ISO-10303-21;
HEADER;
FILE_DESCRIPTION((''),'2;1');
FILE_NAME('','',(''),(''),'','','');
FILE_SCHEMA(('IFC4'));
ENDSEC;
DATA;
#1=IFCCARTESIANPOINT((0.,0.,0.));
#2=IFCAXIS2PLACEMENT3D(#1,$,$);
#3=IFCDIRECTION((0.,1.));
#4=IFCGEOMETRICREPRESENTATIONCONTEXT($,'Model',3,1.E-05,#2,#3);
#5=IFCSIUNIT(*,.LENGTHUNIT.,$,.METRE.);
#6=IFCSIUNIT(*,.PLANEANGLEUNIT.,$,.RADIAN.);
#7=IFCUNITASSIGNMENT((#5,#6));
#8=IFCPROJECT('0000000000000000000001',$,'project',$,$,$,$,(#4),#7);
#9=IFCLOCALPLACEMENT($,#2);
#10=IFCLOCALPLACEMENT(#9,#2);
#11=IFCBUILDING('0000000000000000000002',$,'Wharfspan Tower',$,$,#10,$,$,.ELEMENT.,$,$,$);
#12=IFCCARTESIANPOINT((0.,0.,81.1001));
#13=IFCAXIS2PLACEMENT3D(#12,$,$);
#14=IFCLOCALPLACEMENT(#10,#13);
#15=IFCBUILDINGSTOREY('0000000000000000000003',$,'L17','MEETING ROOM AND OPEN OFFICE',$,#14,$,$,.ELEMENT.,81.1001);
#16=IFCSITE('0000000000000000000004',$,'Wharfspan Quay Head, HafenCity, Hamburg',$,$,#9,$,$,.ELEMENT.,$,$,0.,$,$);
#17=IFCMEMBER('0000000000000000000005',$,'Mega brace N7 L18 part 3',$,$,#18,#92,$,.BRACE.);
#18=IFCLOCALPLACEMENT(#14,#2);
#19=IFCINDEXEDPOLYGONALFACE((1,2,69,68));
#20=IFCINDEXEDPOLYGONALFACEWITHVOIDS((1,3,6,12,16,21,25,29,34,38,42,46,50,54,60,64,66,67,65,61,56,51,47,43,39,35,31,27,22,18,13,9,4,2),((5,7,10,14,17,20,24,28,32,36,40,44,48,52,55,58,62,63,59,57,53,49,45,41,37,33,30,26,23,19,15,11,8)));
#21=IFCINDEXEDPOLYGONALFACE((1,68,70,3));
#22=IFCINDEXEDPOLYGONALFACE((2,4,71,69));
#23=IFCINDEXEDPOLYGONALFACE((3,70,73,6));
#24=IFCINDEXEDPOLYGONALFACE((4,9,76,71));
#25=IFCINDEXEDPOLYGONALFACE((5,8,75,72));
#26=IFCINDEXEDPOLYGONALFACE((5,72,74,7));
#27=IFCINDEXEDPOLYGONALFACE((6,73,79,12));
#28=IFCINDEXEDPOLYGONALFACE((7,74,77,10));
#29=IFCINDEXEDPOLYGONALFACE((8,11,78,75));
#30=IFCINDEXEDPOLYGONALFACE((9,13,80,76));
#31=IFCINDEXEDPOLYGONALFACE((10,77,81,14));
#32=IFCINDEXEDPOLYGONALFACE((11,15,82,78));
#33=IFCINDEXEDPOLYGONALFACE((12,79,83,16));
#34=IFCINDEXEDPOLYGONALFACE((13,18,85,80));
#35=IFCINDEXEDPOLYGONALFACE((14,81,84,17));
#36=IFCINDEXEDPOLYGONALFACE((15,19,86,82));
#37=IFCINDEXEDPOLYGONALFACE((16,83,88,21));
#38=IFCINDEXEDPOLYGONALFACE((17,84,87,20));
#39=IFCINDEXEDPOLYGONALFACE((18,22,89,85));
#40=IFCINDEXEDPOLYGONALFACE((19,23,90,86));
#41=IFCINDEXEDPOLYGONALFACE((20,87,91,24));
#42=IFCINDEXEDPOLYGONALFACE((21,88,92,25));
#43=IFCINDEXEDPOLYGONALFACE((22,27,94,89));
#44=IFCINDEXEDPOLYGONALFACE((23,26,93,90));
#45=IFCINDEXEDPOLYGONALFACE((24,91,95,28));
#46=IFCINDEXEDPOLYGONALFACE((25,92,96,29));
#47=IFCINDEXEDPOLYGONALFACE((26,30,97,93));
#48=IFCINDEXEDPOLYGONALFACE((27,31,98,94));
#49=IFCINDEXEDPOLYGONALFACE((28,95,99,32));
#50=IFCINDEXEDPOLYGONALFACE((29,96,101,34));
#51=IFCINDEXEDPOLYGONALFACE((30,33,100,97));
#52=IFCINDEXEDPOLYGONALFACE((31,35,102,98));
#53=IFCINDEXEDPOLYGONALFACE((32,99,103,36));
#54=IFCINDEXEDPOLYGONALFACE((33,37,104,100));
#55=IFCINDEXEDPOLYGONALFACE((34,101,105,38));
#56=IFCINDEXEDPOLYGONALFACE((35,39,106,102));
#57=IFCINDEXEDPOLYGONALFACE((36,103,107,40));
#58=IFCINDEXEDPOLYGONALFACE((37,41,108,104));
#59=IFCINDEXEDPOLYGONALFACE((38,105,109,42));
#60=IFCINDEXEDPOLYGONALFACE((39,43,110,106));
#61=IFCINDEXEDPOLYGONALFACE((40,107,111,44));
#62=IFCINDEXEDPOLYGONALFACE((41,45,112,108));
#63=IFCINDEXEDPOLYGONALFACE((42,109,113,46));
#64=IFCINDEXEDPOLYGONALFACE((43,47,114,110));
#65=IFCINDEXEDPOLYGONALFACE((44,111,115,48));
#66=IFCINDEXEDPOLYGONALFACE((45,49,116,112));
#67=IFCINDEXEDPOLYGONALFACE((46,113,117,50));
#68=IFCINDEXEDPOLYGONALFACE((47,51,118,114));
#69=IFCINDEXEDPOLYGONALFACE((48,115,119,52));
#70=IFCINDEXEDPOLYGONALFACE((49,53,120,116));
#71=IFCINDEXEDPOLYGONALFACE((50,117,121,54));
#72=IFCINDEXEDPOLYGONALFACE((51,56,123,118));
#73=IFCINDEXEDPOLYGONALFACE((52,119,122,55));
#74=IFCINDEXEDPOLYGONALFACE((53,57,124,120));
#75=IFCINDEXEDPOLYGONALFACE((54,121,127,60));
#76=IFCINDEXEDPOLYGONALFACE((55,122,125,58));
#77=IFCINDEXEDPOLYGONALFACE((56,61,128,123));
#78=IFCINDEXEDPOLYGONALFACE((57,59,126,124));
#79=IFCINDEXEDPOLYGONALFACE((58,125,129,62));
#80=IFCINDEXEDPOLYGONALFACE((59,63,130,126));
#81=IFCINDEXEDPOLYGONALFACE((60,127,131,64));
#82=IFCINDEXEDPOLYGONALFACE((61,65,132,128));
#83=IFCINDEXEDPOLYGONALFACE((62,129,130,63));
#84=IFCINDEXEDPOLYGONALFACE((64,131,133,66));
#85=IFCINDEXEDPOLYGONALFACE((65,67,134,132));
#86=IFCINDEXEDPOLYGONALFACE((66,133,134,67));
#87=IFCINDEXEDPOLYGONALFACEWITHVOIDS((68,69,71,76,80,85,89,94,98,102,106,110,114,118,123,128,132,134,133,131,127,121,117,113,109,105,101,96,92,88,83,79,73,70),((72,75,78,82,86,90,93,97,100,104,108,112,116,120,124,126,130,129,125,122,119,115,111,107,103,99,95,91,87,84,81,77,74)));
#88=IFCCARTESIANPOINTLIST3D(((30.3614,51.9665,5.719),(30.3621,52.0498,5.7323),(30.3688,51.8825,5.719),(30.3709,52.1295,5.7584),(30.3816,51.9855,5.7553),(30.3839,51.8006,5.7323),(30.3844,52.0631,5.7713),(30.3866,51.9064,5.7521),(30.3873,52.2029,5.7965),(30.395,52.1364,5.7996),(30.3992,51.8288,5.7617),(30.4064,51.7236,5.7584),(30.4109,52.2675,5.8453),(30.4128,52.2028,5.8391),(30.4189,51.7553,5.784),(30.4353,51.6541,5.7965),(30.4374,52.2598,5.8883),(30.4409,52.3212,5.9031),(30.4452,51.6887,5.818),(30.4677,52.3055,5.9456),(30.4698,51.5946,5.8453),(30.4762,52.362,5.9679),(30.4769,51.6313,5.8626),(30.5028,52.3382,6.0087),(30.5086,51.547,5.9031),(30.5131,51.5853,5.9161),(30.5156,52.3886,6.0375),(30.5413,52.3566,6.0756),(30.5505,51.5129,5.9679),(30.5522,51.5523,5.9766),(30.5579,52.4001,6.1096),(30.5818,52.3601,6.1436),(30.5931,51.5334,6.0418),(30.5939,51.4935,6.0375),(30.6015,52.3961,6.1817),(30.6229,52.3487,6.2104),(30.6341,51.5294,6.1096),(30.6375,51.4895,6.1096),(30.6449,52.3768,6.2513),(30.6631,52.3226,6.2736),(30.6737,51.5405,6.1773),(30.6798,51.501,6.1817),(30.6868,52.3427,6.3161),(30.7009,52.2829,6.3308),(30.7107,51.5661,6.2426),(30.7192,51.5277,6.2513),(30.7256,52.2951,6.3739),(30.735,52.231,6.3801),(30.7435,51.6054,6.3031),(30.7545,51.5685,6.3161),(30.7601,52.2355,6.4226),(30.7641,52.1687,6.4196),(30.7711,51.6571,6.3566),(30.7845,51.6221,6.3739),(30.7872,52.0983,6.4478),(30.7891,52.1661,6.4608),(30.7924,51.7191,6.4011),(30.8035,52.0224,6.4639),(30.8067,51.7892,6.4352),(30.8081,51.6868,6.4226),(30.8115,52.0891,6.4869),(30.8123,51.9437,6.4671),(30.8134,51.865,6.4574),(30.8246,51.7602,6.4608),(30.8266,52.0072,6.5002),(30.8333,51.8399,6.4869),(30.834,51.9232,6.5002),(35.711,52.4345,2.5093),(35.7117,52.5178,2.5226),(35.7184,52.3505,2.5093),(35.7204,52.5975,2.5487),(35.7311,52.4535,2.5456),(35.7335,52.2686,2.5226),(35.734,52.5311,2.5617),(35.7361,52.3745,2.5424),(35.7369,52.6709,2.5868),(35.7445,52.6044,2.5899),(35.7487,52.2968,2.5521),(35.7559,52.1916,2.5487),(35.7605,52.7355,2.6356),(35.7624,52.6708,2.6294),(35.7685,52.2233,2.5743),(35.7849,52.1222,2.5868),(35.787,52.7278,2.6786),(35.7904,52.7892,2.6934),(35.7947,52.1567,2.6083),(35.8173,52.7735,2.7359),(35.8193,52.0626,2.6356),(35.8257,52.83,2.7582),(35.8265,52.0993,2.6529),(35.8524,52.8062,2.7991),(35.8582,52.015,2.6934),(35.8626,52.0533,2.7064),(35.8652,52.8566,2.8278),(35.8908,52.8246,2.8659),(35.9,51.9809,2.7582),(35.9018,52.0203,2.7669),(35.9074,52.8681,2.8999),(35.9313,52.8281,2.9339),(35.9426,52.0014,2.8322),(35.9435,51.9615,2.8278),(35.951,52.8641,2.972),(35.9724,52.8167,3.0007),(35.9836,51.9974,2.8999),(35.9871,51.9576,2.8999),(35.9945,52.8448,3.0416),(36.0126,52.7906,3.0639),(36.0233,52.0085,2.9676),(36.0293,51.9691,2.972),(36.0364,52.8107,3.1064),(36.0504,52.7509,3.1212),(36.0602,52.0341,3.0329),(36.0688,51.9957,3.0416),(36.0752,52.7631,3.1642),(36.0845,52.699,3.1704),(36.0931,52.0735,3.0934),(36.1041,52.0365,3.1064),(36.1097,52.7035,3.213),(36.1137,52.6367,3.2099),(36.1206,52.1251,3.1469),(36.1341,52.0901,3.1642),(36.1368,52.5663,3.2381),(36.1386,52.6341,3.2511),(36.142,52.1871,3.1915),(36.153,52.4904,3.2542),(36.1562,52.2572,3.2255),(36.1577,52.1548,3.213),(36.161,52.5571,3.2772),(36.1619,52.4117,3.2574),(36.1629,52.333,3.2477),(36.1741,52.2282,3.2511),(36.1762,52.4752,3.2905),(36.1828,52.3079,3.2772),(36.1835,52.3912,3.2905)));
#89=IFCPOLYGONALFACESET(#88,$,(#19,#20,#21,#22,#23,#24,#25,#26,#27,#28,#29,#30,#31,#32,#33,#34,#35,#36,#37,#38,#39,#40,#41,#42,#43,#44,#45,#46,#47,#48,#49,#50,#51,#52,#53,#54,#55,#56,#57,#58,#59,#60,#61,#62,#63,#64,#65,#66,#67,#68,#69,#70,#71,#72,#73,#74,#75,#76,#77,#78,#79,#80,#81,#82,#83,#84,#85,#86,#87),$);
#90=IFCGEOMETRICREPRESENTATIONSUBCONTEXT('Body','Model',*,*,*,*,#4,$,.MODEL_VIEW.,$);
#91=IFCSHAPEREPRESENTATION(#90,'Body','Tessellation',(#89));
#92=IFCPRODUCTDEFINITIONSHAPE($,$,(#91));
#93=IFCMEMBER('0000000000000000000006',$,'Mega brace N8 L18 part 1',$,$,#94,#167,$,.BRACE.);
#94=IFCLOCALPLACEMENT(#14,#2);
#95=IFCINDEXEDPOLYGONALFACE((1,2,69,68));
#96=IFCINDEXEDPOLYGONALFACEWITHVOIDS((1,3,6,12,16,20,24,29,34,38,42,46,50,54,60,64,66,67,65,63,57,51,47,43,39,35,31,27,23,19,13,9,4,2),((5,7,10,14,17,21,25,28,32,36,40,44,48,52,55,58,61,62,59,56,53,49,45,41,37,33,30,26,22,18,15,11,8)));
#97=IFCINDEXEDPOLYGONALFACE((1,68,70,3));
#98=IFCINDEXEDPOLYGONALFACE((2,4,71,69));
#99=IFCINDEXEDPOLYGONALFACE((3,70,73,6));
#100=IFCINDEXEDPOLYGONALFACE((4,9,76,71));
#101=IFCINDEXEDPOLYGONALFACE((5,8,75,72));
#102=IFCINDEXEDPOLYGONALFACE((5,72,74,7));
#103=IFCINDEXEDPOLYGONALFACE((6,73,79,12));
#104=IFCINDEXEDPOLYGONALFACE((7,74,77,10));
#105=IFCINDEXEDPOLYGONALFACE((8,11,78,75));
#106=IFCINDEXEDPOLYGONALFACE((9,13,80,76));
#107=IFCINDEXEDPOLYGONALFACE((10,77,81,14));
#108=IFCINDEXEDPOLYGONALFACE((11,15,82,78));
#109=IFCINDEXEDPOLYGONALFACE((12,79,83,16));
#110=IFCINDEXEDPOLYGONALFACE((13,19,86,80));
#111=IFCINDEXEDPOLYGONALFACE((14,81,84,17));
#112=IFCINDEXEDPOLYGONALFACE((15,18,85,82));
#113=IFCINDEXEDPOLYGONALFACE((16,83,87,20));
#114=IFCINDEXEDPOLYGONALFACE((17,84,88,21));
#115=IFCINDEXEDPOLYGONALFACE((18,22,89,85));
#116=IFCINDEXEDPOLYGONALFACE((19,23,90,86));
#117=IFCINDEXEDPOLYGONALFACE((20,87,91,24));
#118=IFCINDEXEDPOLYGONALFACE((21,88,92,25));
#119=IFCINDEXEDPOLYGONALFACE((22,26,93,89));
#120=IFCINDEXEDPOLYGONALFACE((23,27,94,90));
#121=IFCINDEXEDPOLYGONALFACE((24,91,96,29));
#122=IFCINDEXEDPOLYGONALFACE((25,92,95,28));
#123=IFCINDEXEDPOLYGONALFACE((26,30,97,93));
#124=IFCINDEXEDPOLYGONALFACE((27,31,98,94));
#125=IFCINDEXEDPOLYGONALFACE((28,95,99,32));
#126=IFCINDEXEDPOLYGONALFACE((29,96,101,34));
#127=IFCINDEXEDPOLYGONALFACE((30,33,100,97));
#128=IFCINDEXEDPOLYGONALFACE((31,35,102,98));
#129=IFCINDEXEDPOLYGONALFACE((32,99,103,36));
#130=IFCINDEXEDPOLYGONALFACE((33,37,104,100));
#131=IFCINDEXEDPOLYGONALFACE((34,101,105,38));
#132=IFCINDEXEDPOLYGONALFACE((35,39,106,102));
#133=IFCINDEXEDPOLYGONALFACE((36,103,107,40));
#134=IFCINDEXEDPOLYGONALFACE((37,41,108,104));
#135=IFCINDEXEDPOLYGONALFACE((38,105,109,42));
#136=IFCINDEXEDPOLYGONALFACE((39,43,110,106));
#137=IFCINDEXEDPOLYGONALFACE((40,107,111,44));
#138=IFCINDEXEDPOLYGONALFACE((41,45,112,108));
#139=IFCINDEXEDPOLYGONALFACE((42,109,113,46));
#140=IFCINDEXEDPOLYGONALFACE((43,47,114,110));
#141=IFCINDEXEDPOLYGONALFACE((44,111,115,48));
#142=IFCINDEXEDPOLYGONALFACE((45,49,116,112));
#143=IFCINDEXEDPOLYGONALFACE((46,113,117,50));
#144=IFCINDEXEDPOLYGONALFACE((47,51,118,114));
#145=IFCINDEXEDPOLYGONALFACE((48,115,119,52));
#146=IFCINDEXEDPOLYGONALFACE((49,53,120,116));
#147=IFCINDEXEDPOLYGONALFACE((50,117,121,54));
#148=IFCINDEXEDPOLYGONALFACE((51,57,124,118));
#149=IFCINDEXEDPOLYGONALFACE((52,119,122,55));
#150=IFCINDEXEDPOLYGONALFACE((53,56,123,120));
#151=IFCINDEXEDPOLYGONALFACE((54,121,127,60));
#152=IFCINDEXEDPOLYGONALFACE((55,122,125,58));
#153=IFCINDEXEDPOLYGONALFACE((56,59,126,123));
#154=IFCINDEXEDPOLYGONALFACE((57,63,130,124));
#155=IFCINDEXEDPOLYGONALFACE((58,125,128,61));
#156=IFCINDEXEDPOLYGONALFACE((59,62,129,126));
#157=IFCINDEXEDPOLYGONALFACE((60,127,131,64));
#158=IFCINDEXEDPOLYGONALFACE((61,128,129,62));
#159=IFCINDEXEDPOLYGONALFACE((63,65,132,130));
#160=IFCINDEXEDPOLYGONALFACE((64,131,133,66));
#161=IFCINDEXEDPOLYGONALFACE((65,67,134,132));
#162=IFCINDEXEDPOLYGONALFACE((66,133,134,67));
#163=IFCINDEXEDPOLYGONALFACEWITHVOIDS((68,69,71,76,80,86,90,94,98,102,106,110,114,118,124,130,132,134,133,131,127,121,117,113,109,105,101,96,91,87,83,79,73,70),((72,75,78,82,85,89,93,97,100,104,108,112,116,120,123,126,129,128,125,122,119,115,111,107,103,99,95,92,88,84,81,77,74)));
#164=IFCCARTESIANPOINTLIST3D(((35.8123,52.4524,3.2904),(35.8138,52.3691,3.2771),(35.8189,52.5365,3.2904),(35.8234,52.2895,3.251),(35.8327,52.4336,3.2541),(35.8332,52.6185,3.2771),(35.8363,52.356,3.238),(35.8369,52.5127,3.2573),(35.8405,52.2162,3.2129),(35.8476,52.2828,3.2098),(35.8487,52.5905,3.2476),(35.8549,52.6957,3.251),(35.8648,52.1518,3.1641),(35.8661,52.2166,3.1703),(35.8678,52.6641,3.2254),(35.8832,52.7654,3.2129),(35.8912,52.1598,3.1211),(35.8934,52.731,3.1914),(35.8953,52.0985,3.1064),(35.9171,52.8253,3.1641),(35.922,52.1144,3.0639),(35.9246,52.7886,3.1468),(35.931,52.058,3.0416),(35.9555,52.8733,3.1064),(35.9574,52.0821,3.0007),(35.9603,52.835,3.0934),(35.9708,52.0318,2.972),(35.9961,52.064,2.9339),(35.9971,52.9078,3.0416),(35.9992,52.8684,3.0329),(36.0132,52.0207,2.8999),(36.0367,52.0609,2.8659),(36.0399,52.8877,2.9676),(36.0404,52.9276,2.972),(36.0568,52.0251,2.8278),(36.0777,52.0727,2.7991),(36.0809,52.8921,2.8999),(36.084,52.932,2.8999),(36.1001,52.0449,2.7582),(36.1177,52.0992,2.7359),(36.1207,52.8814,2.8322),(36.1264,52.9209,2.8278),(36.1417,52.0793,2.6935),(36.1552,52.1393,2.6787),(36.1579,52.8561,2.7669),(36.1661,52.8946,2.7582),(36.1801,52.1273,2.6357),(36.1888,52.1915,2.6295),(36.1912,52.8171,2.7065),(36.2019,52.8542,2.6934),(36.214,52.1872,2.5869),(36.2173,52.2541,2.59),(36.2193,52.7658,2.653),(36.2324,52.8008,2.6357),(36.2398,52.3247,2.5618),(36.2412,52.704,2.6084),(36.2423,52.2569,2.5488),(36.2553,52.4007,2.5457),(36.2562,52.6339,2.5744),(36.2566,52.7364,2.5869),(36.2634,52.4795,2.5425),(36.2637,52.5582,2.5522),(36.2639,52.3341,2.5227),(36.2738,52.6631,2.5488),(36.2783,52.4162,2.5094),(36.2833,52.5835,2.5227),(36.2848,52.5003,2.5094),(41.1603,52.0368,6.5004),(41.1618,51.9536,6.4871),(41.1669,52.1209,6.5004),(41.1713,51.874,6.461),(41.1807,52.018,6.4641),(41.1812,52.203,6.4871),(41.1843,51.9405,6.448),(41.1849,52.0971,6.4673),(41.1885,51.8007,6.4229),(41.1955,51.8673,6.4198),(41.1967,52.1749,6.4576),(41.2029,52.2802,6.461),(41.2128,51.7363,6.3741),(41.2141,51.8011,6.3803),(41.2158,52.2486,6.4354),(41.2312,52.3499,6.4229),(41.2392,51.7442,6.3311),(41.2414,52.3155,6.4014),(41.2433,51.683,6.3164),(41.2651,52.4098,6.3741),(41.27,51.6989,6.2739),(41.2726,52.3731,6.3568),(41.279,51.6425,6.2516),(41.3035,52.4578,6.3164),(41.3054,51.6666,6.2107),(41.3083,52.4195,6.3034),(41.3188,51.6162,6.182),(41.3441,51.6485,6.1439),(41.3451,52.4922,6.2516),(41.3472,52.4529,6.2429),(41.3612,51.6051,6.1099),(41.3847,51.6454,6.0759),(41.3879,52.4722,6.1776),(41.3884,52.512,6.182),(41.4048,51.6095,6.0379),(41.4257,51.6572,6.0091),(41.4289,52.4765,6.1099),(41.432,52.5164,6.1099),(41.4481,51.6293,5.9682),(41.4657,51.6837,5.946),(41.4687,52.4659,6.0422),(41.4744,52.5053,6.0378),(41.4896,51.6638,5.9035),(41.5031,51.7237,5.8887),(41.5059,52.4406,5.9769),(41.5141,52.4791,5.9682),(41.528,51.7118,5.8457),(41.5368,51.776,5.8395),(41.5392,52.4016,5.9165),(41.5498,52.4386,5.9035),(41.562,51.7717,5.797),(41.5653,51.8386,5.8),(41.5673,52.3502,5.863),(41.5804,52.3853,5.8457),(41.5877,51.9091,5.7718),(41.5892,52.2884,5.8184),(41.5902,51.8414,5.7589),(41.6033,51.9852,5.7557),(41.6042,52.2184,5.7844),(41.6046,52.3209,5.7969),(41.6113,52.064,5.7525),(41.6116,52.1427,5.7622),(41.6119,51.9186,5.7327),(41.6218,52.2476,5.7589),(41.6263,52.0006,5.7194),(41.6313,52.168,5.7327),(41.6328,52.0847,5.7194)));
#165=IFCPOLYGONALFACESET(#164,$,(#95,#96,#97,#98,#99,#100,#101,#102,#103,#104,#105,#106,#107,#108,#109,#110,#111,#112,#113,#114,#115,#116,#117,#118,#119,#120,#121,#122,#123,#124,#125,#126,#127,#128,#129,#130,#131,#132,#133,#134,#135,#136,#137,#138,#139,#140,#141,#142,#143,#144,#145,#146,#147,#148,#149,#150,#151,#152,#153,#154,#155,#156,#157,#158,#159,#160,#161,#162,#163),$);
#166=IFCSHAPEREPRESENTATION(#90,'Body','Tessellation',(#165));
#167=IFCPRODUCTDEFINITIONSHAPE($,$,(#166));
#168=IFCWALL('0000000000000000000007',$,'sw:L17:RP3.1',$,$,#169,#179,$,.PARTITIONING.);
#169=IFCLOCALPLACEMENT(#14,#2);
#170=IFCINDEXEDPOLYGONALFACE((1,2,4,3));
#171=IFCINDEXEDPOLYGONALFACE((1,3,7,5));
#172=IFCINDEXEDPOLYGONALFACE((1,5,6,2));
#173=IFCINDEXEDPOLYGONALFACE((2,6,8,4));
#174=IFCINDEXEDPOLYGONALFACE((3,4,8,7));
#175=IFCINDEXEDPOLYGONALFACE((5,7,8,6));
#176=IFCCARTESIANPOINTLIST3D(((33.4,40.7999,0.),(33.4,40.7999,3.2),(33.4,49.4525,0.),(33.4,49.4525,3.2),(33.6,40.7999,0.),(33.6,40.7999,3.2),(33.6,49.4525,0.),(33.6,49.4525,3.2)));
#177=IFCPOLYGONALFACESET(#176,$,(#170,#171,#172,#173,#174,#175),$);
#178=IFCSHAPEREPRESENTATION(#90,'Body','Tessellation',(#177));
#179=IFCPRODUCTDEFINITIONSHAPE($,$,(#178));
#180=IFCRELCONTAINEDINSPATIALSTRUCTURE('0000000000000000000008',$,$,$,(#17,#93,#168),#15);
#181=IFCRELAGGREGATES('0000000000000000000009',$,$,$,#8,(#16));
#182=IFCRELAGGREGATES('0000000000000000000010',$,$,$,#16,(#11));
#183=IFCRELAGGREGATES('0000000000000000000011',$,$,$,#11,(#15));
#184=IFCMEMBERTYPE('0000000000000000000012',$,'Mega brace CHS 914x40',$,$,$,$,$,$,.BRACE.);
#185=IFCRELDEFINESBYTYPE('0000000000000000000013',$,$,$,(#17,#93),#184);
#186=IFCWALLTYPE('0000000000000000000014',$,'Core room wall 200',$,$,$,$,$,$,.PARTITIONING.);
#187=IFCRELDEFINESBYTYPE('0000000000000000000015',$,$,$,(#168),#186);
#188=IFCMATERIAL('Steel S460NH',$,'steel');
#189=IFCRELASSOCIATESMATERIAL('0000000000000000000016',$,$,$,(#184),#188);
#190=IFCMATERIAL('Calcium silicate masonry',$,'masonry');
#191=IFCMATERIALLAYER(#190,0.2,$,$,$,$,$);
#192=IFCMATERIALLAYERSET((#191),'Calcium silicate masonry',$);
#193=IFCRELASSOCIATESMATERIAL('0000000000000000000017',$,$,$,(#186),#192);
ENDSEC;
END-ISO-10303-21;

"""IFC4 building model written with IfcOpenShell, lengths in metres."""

from ifc_helpers import new_model, si_unit, direction, frame, frame_2d, origin, origin_2d, place, context, subcontext, project, spatial, rectangle, hollow_circle, extrude, material, layer, layer_set, material_profile, profile_set, type_object, element, save


model = new_model("IFC4")

# Units and contexts
model_context = context("Model", 3, precision=1e-05, world=origin(), true_north=direction((0.0, 1.0)))
body_context = subcontext(model_context, "Body", "Model", "MODEL_VIEW")
ifc_project = project(units=[si_unit("LENGTHUNIT", "METRE"), si_unit("PLANEANGLEUNIT", "RADIAN")], contexts=[model_context])

# Site, building, storey
site_placement = place(None, origin())
site = spatial("IfcSite", under=ifc_project, at=site_placement, Name="Wharfspan Quay Head, HafenCity, Hamburg", CompositionType="ELEMENT", RefElevation=0.0)
building_placement = place(site_placement, origin())
building = spatial("IfcBuilding", under=site, at=building_placement, Name="Wharfspan Tower", CompositionType="ELEMENT")
storey_placement = place(building_placement, frame((0.0, 0.0, 81.1001)))
storey = spatial("IfcBuildingStorey", under=building, at=storey_placement, Name="L17", Description="MEETING ROOM AND OPEN OFFICE", CompositionType="ELEMENT", Elevation=81.1001)

# Members
ifc_material_1 = material(Name="Steel S460NH", Category="steel")
ifc_material_profile_1 = material_profile(ifc_material_1, hollow_circle(Radius=0.457, WallThickness=0.04, at=origin_2d()))
ifc_profile_set_1 = profile_set([ifc_material_profile_1], Name="Steel S460NH")
member_type = type_object("IfcMemberType", Name="Mega brace CHS 914x40", PredefinedType="BRACE", material=ifc_profile_set_1)
member_1_placement = place(storey_placement, frame((35.9473, 52.4128, 2.8999), z_axis=(-0.855094, -0.074809, 0.513048), x_axis=(0.087154, -0.996195, 0.000001)))
element("IfcMember", 1, at=member_1_placement, inside=storey, type_object=member_type, Name="Mega brace N7 L18 part 3", PredefinedType="BRACE", context=body_context, shape_type="SweptSolid", body=[
    extrude(hollow_circle(Radius=0.457, WallThickness=0.04, at=origin_2d()), origin(), (0.0, 0.0, 1.0), 6.2561),
])
member_2_placement = place(storey_placement, frame((36.0486, 52.4763, 2.8999), z_axis=(0.85551, -0.066472, 0.513501), x_axis=(0.077467, 0.996995, -0.000003)))
element("IfcMember", 2, at=member_2_placement, inside=storey, type_object=member_type, Name="Mega brace N8 L18 part 1", PredefinedType="BRACE", context=body_context, shape_type="SweptSolid", body=[
    extrude(hollow_circle(Radius=0.457, WallThickness=0.04, at=origin_2d()), origin(), (0.0, 0.0, 1.0), 6.2512),
])

# Wall
ifc_material_2 = material(Name="Calcium silicate masonry", Category="masonry")
ifc_layer_1 = layer(ifc_material_2, 0.2)
ifc_layer_set_1 = layer_set([ifc_layer_1], Name="Calcium silicate masonry")
wall_type_1 = type_object("IfcWallType", Name="Core room wall 200", PredefinedType="PARTITIONING", material=ifc_layer_set_1)
wall_1_placement = place(storey_placement, frame((33.5, 40.8, 0.0), z_axis=(0.0, 0.0, 1.0), x_axis=(0.0, 1.0, 0.0)))
element("IfcWall", 3, at=wall_1_placement, inside=storey, type_object=wall_type_1, Name="sw:L17:RP3.1", PredefinedType="PARTITIONING", context=body_context, shape_type="SweptSolid", body=[
    extrude(rectangle(XDim=8.6526, YDim=0.2, at=frame_2d((4.3262, 0.0))), origin(), (0.0, 0.0, 1.0), 3.2),
])

save(model, "model.ifc")
